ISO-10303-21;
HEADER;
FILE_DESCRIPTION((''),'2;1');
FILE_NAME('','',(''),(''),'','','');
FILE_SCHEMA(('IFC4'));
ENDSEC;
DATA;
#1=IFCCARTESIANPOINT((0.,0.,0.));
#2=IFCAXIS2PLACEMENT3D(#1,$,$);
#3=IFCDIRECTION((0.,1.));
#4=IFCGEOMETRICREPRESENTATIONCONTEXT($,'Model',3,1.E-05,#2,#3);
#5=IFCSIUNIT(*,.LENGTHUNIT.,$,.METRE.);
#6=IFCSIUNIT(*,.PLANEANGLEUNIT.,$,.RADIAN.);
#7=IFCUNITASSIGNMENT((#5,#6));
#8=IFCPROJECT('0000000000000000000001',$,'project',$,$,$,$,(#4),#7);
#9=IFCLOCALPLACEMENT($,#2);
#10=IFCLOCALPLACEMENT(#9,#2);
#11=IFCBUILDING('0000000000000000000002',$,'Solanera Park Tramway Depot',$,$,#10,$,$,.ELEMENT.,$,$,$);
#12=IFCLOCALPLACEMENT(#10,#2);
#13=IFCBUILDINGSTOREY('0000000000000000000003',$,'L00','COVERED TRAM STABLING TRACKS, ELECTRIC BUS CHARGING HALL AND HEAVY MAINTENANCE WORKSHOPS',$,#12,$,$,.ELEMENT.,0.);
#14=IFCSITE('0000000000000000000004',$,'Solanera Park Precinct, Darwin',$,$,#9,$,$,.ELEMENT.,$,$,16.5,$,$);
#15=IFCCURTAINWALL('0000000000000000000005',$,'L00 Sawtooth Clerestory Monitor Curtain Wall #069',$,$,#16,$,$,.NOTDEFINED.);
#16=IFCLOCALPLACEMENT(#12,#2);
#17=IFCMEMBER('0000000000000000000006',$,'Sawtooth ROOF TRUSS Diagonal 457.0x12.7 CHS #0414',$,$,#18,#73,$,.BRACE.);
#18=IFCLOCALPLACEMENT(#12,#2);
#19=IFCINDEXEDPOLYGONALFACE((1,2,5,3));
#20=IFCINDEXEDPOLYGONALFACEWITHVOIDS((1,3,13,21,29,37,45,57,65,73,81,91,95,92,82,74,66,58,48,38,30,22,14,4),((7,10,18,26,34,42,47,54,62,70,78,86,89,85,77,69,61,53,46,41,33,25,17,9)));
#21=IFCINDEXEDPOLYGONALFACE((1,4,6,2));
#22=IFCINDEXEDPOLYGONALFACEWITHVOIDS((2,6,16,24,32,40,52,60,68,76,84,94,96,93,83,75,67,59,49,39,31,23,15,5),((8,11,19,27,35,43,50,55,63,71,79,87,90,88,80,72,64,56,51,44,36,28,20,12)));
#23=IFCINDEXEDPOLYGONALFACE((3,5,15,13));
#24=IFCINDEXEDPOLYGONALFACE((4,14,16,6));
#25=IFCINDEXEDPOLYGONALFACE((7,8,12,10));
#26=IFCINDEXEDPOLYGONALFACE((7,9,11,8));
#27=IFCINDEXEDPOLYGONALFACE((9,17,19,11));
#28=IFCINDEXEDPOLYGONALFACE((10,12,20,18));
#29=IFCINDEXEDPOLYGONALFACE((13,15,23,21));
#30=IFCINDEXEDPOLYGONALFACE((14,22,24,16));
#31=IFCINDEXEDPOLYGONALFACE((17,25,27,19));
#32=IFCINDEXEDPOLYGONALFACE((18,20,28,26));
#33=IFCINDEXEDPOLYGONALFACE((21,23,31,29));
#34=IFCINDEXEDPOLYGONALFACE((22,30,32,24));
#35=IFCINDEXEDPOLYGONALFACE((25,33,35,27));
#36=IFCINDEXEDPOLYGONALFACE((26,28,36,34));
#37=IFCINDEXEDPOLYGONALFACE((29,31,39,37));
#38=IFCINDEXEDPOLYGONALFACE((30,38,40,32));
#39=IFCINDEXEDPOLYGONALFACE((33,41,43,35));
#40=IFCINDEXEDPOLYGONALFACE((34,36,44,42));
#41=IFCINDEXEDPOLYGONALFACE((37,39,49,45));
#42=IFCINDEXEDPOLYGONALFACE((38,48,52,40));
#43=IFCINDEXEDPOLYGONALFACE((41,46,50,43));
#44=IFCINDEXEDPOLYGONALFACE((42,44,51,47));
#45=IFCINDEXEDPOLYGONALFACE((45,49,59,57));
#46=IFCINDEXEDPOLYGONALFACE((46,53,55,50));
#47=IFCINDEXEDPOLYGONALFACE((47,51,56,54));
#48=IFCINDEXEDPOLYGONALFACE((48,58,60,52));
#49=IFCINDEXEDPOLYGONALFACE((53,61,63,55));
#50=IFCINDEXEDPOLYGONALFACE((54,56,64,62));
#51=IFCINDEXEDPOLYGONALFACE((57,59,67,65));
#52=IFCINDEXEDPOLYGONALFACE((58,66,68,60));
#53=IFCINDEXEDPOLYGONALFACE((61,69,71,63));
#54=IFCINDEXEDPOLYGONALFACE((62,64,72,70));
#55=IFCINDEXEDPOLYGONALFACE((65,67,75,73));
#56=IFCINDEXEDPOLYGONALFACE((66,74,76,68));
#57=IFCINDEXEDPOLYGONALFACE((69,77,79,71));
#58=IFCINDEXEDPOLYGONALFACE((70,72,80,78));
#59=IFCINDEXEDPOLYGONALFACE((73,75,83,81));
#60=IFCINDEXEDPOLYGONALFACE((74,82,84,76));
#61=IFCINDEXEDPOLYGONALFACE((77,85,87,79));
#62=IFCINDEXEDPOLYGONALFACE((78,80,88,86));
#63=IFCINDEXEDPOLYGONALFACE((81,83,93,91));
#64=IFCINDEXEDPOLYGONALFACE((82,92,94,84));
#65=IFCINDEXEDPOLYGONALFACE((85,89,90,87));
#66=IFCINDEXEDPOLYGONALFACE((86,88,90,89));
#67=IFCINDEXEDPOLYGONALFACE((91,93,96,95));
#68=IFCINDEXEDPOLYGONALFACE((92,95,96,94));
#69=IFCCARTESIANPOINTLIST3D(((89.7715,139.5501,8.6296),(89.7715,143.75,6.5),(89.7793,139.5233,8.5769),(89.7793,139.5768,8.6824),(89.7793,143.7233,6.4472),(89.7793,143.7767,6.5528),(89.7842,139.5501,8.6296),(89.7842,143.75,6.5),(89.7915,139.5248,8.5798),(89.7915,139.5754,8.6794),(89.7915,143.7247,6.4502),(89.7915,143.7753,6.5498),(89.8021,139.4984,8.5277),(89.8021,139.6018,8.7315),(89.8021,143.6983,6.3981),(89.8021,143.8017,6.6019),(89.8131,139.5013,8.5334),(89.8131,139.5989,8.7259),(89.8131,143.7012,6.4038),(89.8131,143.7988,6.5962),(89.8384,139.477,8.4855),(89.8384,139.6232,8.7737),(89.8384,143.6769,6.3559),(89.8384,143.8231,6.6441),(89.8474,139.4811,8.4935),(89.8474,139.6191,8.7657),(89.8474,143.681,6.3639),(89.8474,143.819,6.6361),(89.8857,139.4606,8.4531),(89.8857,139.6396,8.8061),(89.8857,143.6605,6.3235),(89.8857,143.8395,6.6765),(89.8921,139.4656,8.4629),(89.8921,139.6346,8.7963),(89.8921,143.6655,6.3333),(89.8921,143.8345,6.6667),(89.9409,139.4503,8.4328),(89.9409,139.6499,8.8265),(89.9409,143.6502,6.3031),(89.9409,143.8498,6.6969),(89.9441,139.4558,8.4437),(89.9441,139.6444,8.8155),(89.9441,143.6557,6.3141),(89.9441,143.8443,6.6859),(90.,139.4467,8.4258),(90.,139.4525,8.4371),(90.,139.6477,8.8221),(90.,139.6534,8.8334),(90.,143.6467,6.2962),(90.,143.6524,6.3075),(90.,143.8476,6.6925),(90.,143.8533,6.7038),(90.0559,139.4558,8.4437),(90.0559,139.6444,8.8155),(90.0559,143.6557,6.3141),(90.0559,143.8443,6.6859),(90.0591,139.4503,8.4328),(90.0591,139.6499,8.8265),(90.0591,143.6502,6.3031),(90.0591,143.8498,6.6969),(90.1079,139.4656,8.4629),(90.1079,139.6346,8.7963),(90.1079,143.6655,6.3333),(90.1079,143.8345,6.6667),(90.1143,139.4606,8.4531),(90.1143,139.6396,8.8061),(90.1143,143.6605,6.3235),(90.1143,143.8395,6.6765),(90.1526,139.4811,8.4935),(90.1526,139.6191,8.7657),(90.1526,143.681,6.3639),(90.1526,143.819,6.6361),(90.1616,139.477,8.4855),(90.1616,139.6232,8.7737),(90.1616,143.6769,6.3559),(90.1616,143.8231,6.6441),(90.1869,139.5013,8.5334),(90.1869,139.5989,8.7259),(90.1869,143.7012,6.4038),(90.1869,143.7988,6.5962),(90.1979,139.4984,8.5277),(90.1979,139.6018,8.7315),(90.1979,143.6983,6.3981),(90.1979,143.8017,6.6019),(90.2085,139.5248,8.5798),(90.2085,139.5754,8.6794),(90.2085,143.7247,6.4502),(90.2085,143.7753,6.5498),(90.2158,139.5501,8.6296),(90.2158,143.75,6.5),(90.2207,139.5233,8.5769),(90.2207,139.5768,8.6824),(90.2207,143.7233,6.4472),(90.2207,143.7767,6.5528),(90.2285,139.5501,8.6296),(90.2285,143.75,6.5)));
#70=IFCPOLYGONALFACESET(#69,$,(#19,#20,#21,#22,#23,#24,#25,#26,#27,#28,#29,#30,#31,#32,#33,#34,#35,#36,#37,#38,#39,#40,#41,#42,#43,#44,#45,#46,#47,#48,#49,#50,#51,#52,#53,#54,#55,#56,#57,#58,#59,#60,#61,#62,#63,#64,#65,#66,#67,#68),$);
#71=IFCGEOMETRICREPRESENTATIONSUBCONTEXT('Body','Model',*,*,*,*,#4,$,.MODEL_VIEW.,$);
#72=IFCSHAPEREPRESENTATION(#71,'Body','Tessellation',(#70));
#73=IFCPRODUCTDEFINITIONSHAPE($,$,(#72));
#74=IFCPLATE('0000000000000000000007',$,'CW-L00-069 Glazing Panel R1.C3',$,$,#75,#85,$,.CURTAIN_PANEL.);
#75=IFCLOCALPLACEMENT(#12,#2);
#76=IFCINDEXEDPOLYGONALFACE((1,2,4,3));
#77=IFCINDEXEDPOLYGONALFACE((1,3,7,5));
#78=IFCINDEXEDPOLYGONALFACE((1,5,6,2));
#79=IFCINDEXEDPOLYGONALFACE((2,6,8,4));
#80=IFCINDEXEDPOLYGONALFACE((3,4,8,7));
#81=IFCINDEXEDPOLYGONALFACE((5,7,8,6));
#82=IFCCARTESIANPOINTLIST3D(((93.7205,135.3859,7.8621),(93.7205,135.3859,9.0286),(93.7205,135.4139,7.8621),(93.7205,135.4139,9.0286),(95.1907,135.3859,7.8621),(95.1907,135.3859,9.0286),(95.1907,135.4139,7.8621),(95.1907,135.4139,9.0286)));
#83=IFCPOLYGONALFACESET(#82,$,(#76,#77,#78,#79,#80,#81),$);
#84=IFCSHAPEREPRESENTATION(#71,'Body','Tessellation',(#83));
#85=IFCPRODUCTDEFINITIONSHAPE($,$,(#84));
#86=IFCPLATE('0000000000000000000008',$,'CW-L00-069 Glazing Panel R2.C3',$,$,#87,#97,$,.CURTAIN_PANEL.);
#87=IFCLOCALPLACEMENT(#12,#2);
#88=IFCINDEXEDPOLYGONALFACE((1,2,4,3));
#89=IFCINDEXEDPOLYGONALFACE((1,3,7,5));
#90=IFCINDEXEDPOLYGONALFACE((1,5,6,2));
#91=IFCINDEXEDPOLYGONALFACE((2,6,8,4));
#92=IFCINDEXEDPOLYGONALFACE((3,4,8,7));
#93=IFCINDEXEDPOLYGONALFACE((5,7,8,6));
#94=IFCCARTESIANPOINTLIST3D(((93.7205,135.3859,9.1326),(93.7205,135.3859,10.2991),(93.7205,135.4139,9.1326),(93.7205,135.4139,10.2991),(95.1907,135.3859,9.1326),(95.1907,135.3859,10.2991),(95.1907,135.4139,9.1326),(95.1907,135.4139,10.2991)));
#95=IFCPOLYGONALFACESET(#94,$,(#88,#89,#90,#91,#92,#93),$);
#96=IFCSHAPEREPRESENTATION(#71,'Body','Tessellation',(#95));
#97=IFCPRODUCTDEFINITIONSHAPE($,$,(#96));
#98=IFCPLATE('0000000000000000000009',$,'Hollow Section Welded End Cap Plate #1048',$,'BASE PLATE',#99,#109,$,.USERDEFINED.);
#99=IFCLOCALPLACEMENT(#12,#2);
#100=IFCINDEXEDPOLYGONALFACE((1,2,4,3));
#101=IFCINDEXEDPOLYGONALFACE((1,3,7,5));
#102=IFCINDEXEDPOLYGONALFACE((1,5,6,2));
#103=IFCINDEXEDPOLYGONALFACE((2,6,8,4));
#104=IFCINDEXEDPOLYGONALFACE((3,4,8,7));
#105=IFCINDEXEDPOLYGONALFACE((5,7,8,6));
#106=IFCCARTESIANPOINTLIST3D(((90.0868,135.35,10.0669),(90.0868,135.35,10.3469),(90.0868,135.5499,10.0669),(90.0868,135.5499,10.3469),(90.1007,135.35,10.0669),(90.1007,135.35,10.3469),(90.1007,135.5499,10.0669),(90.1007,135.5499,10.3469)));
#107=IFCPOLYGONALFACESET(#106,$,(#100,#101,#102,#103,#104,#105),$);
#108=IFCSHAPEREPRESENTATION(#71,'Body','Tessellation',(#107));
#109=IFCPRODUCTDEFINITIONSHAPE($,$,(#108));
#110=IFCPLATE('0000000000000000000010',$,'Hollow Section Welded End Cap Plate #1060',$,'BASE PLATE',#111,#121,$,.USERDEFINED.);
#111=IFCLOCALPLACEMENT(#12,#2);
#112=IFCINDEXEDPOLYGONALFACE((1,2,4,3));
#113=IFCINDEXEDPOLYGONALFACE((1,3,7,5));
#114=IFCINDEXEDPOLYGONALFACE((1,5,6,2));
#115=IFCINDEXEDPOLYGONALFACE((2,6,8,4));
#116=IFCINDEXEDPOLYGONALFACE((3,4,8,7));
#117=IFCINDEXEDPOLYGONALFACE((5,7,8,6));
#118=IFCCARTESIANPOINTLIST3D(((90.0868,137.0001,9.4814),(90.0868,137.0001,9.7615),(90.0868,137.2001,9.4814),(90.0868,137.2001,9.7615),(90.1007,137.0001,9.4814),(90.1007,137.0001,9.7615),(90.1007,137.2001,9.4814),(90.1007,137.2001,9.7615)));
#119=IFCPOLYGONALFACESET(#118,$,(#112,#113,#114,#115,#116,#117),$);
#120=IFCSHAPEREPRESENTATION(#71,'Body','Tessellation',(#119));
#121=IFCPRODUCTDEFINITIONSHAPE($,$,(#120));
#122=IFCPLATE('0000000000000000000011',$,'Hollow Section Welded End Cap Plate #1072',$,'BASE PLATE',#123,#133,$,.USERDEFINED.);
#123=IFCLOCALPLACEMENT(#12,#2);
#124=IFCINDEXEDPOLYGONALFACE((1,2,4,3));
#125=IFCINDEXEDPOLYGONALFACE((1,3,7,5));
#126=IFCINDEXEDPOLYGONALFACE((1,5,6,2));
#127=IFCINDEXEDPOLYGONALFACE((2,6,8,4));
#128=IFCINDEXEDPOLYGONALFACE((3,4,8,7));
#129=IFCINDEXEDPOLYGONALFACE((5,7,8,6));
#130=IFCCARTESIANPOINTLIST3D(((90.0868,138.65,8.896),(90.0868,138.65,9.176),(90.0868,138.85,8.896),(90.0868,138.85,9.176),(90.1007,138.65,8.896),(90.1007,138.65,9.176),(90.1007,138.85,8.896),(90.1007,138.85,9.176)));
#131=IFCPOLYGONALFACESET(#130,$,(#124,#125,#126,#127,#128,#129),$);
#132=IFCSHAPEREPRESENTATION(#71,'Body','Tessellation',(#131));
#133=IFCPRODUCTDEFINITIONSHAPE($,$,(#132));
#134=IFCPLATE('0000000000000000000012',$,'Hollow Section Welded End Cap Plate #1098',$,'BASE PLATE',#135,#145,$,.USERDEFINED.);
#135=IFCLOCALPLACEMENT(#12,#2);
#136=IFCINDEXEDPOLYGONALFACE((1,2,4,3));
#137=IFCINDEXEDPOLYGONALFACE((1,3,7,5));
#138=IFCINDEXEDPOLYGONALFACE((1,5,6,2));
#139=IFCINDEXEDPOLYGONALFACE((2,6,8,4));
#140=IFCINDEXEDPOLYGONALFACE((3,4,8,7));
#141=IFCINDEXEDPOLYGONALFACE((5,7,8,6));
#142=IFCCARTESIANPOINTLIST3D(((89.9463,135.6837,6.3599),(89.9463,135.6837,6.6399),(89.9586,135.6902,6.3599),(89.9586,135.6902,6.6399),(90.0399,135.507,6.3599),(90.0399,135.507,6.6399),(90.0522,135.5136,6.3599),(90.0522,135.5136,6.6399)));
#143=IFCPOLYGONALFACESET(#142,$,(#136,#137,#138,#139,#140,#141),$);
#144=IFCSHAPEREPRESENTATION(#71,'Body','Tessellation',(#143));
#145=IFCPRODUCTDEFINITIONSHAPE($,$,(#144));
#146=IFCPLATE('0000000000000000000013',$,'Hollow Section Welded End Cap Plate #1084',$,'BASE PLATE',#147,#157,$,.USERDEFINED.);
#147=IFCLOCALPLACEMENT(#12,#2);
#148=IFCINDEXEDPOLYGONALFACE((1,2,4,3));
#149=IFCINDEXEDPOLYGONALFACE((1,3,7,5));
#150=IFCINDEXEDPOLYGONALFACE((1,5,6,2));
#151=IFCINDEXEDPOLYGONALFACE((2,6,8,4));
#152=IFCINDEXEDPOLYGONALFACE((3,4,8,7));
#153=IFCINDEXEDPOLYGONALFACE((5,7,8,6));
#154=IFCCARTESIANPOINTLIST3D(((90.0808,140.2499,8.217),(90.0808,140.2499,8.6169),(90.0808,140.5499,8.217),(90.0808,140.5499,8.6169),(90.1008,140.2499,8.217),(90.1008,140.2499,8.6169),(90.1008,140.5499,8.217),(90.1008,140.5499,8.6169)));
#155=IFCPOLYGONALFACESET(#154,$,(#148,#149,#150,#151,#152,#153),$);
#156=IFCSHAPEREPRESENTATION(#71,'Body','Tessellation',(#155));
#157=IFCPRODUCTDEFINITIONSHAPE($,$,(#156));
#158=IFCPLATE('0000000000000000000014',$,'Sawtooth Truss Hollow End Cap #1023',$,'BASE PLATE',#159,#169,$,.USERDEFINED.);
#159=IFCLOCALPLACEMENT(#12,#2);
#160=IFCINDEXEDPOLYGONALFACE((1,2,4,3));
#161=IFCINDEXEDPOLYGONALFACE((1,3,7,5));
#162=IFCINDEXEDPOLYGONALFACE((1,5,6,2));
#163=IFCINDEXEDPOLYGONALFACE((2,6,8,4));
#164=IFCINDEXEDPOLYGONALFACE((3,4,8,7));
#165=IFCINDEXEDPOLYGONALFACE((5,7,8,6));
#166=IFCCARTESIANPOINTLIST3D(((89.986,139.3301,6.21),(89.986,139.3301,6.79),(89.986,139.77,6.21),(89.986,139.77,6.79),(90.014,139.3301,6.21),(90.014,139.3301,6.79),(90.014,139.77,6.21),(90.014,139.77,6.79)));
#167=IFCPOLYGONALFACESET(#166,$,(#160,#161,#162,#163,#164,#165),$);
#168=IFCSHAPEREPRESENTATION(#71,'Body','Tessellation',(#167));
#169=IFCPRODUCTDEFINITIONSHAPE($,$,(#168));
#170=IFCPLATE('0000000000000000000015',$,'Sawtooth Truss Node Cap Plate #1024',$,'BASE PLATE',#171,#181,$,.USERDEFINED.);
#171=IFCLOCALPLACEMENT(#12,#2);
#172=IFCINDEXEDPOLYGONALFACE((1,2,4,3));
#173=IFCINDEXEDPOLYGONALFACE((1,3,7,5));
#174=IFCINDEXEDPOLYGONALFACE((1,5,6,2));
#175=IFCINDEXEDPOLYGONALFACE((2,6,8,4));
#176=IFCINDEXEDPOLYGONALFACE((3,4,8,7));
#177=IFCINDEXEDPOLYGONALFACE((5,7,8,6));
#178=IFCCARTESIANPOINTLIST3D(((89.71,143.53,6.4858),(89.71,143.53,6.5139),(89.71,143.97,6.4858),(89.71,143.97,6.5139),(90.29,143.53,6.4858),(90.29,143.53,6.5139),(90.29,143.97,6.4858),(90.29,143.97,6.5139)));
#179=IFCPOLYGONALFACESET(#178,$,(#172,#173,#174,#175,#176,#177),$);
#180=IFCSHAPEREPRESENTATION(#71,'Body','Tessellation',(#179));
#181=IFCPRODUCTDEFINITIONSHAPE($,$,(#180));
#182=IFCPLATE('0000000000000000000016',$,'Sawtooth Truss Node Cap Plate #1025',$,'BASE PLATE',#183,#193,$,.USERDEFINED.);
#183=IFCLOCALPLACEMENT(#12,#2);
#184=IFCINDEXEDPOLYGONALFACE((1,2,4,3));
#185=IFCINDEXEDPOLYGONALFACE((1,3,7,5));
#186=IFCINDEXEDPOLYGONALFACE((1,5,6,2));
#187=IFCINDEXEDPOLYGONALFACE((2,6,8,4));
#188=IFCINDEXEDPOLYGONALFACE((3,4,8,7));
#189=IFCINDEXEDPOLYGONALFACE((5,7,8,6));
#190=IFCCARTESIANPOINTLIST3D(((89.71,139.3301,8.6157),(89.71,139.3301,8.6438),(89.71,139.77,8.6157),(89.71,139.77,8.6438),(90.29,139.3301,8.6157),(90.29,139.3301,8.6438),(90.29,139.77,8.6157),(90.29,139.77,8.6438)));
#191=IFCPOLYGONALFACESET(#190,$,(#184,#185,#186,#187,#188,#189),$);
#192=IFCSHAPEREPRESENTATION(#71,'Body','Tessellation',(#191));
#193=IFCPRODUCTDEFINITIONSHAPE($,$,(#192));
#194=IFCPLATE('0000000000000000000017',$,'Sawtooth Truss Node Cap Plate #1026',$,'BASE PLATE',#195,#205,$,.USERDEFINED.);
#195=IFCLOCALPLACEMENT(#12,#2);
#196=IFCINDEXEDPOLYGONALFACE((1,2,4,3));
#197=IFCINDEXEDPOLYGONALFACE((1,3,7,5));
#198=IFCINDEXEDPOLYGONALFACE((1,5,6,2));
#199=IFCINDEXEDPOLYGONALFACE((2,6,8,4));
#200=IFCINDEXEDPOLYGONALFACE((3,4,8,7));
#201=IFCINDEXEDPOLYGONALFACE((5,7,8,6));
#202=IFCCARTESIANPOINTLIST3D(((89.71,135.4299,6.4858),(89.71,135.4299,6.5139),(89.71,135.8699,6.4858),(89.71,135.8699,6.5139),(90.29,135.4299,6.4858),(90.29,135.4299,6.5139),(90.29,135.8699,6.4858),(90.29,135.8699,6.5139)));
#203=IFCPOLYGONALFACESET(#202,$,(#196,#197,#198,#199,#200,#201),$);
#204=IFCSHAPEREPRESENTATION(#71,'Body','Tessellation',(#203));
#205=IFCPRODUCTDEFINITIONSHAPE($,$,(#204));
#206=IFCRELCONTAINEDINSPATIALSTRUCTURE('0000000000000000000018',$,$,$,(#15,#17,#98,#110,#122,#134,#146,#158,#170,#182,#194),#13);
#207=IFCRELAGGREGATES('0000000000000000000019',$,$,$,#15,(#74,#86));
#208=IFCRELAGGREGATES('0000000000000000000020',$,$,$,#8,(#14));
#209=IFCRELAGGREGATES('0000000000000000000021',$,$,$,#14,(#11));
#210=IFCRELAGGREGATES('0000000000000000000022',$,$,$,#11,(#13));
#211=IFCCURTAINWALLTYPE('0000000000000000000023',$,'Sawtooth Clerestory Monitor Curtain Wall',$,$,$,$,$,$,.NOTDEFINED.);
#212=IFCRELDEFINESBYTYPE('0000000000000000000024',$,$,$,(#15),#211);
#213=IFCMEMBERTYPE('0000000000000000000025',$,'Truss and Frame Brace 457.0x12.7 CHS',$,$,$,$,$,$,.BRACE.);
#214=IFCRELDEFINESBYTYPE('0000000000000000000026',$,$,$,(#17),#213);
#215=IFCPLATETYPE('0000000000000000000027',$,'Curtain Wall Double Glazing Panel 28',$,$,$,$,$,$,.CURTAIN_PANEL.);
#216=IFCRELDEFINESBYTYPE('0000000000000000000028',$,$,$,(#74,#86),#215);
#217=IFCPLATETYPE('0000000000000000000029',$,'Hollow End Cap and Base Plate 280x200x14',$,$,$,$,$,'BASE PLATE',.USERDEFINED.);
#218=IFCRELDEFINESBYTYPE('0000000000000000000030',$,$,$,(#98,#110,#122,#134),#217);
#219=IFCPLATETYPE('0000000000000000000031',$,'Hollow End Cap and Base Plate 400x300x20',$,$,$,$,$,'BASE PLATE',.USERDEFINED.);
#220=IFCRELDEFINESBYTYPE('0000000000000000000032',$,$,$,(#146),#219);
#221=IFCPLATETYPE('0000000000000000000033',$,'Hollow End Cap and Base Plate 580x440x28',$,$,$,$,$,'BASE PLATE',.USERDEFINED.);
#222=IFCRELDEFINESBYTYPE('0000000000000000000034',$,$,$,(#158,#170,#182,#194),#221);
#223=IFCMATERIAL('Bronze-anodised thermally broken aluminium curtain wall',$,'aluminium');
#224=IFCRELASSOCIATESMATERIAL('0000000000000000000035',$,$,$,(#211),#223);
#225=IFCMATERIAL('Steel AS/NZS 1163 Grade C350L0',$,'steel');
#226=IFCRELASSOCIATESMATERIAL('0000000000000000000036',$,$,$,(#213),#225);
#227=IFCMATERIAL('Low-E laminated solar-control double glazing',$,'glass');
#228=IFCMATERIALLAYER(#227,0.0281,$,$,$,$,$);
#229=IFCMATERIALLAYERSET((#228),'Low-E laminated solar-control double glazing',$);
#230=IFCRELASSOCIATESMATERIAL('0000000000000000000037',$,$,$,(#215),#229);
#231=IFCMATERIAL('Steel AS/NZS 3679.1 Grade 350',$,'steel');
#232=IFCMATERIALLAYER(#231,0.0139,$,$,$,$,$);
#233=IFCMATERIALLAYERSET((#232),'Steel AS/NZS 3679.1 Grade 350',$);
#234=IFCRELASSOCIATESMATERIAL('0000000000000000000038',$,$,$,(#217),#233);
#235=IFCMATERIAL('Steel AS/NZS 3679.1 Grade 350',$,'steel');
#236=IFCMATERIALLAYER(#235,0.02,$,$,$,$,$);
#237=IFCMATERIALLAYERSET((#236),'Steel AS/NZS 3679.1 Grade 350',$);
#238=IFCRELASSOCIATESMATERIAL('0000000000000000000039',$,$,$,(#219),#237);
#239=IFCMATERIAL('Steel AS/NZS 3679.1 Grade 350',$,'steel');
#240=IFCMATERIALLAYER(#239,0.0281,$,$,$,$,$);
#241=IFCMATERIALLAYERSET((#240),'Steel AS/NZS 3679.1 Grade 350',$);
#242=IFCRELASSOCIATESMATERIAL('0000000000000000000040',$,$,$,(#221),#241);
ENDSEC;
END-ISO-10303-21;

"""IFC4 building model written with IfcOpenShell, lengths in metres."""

from ifc_helpers import new_model, si_unit, direction, frame, origin, origin_2d, place, context, subcontext, project, spatial, rectangle, hollow_circle, extrude, material, layer, layer_set, material_profile, profile_set, type_object, element, aggregate, save


model = new_model("IFC4")

# Units and contexts
model_context = context("Model", 3, precision=1e-05, world=origin(), true_north=direction((0.0, 1.0)))
body_context = subcontext(model_context, "Body", "Model", "MODEL_VIEW")
ifc_project = project(units=[si_unit("LENGTHUNIT", "METRE"), si_unit("PLANEANGLEUNIT", "RADIAN")], contexts=[model_context])

# Site, building, storey
site_placement = place(None, origin())
site = spatial("IfcSite", under=ifc_project, at=site_placement, Name="Solanera Park Precinct, Darwin", CompositionType="ELEMENT", RefElevation=16.5)
building_placement = place(site_placement, origin())
building = spatial("IfcBuilding", under=site, at=building_placement, Name="Solanera Park Tramway Depot", CompositionType="ELEMENT")
storey_placement = place(building_placement, origin())
storey = spatial("IfcBuildingStorey", under=building, at=storey_placement, Name="L00", Description="COVERED TRAM STABLING TRACKS, ELECTRIC BUS CHARGING HALL AND HEAVY MAINTENANCE WORKSHOPS", CompositionType="ELEMENT", Elevation=0.0)

# Curtain wall
ifc_material_1 = material(Name="Bronze-anodised thermally broken aluminium curtain wall", Category="aluminium")
curtain_wall_type = type_object("IfcCurtainWallType", Name="Sawtooth Clerestory Monitor Curtain Wall", PredefinedType="NOTDEFINED", material=ifc_material_1)
curtain_wall_placement = place(storey_placement, origin())
curtain_wall = element("IfcCurtainWall", 1, at=curtain_wall_placement, inside=storey, type_object=curtain_wall_type, Name="L00 Sawtooth Clerestory Monitor Curtain Wall #069", PredefinedType="NOTDEFINED")

# Member
ifc_material_2 = material(Name="Steel AS/NZS 1163 Grade C350L0", Category="steel")
ifc_material_profile_1 = material_profile(ifc_material_2, hollow_circle(Radius=0.2285, WallThickness=0.0127, at=origin_2d()), Name="457.0x12.7 CHS")
ifc_profile_set_1 = profile_set([ifc_material_profile_1], Name="Steel AS/NZS 1163 Grade C350L0")
member_type_1 = type_object("IfcMemberType", Name="Truss and Frame Brace 457.0x12.7 CHS", PredefinedType="BRACE", material=ifc_profile_set_1)
member_1_placement = place(storey_placement, frame((90.0, 143.75, 6.5), z_axis=(0.0, -0.891893, 0.452246), x_axis=(1.0, 0.0, 0.0)))
element("IfcMember", 2, at=member_1_placement, inside=storey, type_object=member_type_1, Name="Sawtooth ROOF TRUSS Diagonal 457.0x12.7 CHS #0414", PredefinedType="BRACE", context=body_context, shape_type="SweptSolid", body=[
    extrude(hollow_circle(Radius=0.2285, WallThickness=0.0127, at=origin_2d()), origin(), (0.0, 0.0, 1.0), 4.709),
])

# Plates
ifc_material_3 = material(Name="Low-E laminated solar-control double glazing", Category="glass")
ifc_layer_1 = layer(ifc_material_3, 0.0281)
ifc_layer_set_1 = layer_set([ifc_layer_1], Name="Low-E laminated solar-control double glazing")
plate_type_1 = type_object("IfcPlateType", Name="Curtain Wall Double Glazing Panel 28", PredefinedType="CURTAIN_PANEL", material=ifc_layer_set_1)
plate_1_placement = place(storey_placement, frame((94.4556, 135.3999, 7.8621), z_axis=(0.0, 0.0, 1.0), x_axis=(1.0, 0.0, 0.0)))
plate_1 = element("IfcPlate", 3, at=plate_1_placement, type_object=plate_type_1, Name="CW-L00-069 Glazing Panel R1.C3", PredefinedType="CURTAIN_PANEL", context=body_context, shape_type="SweptSolid", body=[
    extrude(rectangle(XDim=1.4702, YDim=0.0281, at=origin_2d()), origin(), (0.0, 0.0, 1.0), 1.1665),
])
plate_2_placement = place(storey_placement, frame((94.4556, 135.3999, 9.1326), z_axis=(0.0, 0.0, 1.0), x_axis=(1.0, 0.0, 0.0)))
plate_2 = element("IfcPlate", 4, at=plate_2_placement, type_object=plate_type_1, Name="CW-L00-069 Glazing Panel R2.C3", PredefinedType="CURTAIN_PANEL", context=body_context, shape_type="SweptSolid", body=[
    extrude(rectangle(XDim=1.4702, YDim=0.0281, at=origin_2d()), origin(), (0.0, 0.0, 1.0), 1.1665),
])
aggregate(curtain_wall, [plate_1, plate_2])

# Plates
ifc_material_4 = material(Name="Steel AS/NZS 3679.1 Grade 350", Category="steel")
ifc_layer_2 = layer(ifc_material_4, 0.0139)
ifc_layer_set_2 = layer_set([ifc_layer_2], Name="Steel AS/NZS 3679.1 Grade 350")
plate_type_2 = type_object("IfcPlateType", Name="Hollow End Cap and Base Plate 280x200x14", ElementType="BASE PLATE", PredefinedType="USERDEFINED", material=ifc_layer_set_2)
for number, where, z_axis, x_axis, name in (
    (5, (90.0938, 135.45, 10.0669), (0.0, 0.0, 1.0), (1.0, 0.0, 0.0), "Hollow Section Welded End Cap Plate #1048"),
    (6, (90.0938, 137.1001, 9.4814), (0.0, 0.0, 1.0), (1.0, 0.0, 0.0), "Hollow Section Welded End Cap Plate #1060"),
    (7, (90.0938, 138.75, 8.896), (0.0, 0.0, 1.0), (1.0, 0.0, 0.0), "Hollow Section Welded End Cap Plate #1072"),
    (8, (89.9993, 135.5986, 6.3599), (0.0, 0.0, 1.0), (0.883521, 0.468392, 0.0), "Hollow Section Welded End Cap Plate #1098"),
):
    element("IfcPlate", number, at=place(storey_placement, frame(where, z_axis=z_axis, x_axis=x_axis)), inside=storey, type_object=plate_type_2, Name=name, ObjectType="BASE PLATE", PredefinedType="USERDEFINED", context=body_context, shape_type="SweptSolid", body=[
        extrude(rectangle(XDim=0.0139, YDim=0.2, at=origin_2d()), origin(), (0.0, 0.0, 1.0), 0.28),
    ])
ifc_material_5 = material(Name="Steel AS/NZS 3679.1 Grade 350", Category="steel")
ifc_layer_3 = layer(ifc_material_5, 0.02)
ifc_layer_set_3 = layer_set([ifc_layer_3], Name="Steel AS/NZS 3679.1 Grade 350")
plate_type_3 = type_object("IfcPlateType", Name="Hollow End Cap and Base Plate 400x300x20", ElementType="BASE PLATE", PredefinedType="USERDEFINED", material=ifc_layer_set_3)
plate_3_placement = place(storey_placement, frame((90.0908, 140.3999, 8.217), z_axis=(0.0, 0.0, 1.0), x_axis=(1.0, 0.0, 0.0)))
element("IfcPlate", 9, at=plate_3_placement, inside=storey, type_object=plate_type_3, Name="Hollow Section Welded End Cap Plate #1084", ObjectType="BASE PLATE", PredefinedType="USERDEFINED", context=body_context, shape_type="SweptSolid", body=[
    extrude(rectangle(XDim=0.02, YDim=0.3, at=origin_2d()), origin(), (0.0, 0.0, 1.0), 0.3999),
])
ifc_material_6 = material(Name="Steel AS/NZS 3679.1 Grade 350", Category="steel")
ifc_layer_4 = layer(ifc_material_6, 0.0281)
ifc_layer_set_4 = layer_set([ifc_layer_4], Name="Steel AS/NZS 3679.1 Grade 350")
plate_type_4 = type_object("IfcPlateType", Name="Hollow End Cap and Base Plate 580x440x28", ElementType="BASE PLATE", PredefinedType="USERDEFINED", material=ifc_layer_set_4)
plate_4_placement = place(storey_placement, frame((90.0, 139.55, 6.21), z_axis=(0.0, 0.0, 1.0), x_axis=(1.0, 0.0, 0.0)))
element("IfcPlate", 10, at=plate_4_placement, inside=storey, type_object=plate_type_4, Name="Sawtooth Truss Hollow End Cap #1023", ObjectType="BASE PLATE", PredefinedType="USERDEFINED", context=body_context, shape_type="SweptSolid", body=[
    extrude(rectangle(XDim=0.0281, YDim=0.4399, at=origin_2d()), origin(), (0.0, 0.0, 1.0), 0.5801),
])
for number, where, z_axis, x_axis, name in (
    (11, (90.0, 143.75, 6.4858), (0.0, 0.0, 1.0), (1.0, 0.0, 0.0), "Sawtooth Truss Node Cap Plate #1024"),
    (12, (90.0, 139.55, 8.6157), (0.0, 0.0, 1.0), (1.0, 0.0, 0.0), "Sawtooth Truss Node Cap Plate #1025"),
    (13, (90.0, 135.6499, 6.4858), (0.0, 0.0, 1.0), (1.0, 0.0, 0.0), "Sawtooth Truss Node Cap Plate #1026"),
):
    element("IfcPlate", number, at=place(storey_placement, frame(where, z_axis=z_axis, x_axis=x_axis)), inside=storey, type_object=plate_type_4, Name=name, ObjectType="BASE PLATE", PredefinedType="USERDEFINED", context=body_context, shape_type="SweptSolid", body=[
        extrude(rectangle(XDim=0.5801, YDim=0.4399, at=origin_2d()), origin(), (0.0, 0.0, 1.0), 0.0281),
    ])

save(model, "model.ifc")
